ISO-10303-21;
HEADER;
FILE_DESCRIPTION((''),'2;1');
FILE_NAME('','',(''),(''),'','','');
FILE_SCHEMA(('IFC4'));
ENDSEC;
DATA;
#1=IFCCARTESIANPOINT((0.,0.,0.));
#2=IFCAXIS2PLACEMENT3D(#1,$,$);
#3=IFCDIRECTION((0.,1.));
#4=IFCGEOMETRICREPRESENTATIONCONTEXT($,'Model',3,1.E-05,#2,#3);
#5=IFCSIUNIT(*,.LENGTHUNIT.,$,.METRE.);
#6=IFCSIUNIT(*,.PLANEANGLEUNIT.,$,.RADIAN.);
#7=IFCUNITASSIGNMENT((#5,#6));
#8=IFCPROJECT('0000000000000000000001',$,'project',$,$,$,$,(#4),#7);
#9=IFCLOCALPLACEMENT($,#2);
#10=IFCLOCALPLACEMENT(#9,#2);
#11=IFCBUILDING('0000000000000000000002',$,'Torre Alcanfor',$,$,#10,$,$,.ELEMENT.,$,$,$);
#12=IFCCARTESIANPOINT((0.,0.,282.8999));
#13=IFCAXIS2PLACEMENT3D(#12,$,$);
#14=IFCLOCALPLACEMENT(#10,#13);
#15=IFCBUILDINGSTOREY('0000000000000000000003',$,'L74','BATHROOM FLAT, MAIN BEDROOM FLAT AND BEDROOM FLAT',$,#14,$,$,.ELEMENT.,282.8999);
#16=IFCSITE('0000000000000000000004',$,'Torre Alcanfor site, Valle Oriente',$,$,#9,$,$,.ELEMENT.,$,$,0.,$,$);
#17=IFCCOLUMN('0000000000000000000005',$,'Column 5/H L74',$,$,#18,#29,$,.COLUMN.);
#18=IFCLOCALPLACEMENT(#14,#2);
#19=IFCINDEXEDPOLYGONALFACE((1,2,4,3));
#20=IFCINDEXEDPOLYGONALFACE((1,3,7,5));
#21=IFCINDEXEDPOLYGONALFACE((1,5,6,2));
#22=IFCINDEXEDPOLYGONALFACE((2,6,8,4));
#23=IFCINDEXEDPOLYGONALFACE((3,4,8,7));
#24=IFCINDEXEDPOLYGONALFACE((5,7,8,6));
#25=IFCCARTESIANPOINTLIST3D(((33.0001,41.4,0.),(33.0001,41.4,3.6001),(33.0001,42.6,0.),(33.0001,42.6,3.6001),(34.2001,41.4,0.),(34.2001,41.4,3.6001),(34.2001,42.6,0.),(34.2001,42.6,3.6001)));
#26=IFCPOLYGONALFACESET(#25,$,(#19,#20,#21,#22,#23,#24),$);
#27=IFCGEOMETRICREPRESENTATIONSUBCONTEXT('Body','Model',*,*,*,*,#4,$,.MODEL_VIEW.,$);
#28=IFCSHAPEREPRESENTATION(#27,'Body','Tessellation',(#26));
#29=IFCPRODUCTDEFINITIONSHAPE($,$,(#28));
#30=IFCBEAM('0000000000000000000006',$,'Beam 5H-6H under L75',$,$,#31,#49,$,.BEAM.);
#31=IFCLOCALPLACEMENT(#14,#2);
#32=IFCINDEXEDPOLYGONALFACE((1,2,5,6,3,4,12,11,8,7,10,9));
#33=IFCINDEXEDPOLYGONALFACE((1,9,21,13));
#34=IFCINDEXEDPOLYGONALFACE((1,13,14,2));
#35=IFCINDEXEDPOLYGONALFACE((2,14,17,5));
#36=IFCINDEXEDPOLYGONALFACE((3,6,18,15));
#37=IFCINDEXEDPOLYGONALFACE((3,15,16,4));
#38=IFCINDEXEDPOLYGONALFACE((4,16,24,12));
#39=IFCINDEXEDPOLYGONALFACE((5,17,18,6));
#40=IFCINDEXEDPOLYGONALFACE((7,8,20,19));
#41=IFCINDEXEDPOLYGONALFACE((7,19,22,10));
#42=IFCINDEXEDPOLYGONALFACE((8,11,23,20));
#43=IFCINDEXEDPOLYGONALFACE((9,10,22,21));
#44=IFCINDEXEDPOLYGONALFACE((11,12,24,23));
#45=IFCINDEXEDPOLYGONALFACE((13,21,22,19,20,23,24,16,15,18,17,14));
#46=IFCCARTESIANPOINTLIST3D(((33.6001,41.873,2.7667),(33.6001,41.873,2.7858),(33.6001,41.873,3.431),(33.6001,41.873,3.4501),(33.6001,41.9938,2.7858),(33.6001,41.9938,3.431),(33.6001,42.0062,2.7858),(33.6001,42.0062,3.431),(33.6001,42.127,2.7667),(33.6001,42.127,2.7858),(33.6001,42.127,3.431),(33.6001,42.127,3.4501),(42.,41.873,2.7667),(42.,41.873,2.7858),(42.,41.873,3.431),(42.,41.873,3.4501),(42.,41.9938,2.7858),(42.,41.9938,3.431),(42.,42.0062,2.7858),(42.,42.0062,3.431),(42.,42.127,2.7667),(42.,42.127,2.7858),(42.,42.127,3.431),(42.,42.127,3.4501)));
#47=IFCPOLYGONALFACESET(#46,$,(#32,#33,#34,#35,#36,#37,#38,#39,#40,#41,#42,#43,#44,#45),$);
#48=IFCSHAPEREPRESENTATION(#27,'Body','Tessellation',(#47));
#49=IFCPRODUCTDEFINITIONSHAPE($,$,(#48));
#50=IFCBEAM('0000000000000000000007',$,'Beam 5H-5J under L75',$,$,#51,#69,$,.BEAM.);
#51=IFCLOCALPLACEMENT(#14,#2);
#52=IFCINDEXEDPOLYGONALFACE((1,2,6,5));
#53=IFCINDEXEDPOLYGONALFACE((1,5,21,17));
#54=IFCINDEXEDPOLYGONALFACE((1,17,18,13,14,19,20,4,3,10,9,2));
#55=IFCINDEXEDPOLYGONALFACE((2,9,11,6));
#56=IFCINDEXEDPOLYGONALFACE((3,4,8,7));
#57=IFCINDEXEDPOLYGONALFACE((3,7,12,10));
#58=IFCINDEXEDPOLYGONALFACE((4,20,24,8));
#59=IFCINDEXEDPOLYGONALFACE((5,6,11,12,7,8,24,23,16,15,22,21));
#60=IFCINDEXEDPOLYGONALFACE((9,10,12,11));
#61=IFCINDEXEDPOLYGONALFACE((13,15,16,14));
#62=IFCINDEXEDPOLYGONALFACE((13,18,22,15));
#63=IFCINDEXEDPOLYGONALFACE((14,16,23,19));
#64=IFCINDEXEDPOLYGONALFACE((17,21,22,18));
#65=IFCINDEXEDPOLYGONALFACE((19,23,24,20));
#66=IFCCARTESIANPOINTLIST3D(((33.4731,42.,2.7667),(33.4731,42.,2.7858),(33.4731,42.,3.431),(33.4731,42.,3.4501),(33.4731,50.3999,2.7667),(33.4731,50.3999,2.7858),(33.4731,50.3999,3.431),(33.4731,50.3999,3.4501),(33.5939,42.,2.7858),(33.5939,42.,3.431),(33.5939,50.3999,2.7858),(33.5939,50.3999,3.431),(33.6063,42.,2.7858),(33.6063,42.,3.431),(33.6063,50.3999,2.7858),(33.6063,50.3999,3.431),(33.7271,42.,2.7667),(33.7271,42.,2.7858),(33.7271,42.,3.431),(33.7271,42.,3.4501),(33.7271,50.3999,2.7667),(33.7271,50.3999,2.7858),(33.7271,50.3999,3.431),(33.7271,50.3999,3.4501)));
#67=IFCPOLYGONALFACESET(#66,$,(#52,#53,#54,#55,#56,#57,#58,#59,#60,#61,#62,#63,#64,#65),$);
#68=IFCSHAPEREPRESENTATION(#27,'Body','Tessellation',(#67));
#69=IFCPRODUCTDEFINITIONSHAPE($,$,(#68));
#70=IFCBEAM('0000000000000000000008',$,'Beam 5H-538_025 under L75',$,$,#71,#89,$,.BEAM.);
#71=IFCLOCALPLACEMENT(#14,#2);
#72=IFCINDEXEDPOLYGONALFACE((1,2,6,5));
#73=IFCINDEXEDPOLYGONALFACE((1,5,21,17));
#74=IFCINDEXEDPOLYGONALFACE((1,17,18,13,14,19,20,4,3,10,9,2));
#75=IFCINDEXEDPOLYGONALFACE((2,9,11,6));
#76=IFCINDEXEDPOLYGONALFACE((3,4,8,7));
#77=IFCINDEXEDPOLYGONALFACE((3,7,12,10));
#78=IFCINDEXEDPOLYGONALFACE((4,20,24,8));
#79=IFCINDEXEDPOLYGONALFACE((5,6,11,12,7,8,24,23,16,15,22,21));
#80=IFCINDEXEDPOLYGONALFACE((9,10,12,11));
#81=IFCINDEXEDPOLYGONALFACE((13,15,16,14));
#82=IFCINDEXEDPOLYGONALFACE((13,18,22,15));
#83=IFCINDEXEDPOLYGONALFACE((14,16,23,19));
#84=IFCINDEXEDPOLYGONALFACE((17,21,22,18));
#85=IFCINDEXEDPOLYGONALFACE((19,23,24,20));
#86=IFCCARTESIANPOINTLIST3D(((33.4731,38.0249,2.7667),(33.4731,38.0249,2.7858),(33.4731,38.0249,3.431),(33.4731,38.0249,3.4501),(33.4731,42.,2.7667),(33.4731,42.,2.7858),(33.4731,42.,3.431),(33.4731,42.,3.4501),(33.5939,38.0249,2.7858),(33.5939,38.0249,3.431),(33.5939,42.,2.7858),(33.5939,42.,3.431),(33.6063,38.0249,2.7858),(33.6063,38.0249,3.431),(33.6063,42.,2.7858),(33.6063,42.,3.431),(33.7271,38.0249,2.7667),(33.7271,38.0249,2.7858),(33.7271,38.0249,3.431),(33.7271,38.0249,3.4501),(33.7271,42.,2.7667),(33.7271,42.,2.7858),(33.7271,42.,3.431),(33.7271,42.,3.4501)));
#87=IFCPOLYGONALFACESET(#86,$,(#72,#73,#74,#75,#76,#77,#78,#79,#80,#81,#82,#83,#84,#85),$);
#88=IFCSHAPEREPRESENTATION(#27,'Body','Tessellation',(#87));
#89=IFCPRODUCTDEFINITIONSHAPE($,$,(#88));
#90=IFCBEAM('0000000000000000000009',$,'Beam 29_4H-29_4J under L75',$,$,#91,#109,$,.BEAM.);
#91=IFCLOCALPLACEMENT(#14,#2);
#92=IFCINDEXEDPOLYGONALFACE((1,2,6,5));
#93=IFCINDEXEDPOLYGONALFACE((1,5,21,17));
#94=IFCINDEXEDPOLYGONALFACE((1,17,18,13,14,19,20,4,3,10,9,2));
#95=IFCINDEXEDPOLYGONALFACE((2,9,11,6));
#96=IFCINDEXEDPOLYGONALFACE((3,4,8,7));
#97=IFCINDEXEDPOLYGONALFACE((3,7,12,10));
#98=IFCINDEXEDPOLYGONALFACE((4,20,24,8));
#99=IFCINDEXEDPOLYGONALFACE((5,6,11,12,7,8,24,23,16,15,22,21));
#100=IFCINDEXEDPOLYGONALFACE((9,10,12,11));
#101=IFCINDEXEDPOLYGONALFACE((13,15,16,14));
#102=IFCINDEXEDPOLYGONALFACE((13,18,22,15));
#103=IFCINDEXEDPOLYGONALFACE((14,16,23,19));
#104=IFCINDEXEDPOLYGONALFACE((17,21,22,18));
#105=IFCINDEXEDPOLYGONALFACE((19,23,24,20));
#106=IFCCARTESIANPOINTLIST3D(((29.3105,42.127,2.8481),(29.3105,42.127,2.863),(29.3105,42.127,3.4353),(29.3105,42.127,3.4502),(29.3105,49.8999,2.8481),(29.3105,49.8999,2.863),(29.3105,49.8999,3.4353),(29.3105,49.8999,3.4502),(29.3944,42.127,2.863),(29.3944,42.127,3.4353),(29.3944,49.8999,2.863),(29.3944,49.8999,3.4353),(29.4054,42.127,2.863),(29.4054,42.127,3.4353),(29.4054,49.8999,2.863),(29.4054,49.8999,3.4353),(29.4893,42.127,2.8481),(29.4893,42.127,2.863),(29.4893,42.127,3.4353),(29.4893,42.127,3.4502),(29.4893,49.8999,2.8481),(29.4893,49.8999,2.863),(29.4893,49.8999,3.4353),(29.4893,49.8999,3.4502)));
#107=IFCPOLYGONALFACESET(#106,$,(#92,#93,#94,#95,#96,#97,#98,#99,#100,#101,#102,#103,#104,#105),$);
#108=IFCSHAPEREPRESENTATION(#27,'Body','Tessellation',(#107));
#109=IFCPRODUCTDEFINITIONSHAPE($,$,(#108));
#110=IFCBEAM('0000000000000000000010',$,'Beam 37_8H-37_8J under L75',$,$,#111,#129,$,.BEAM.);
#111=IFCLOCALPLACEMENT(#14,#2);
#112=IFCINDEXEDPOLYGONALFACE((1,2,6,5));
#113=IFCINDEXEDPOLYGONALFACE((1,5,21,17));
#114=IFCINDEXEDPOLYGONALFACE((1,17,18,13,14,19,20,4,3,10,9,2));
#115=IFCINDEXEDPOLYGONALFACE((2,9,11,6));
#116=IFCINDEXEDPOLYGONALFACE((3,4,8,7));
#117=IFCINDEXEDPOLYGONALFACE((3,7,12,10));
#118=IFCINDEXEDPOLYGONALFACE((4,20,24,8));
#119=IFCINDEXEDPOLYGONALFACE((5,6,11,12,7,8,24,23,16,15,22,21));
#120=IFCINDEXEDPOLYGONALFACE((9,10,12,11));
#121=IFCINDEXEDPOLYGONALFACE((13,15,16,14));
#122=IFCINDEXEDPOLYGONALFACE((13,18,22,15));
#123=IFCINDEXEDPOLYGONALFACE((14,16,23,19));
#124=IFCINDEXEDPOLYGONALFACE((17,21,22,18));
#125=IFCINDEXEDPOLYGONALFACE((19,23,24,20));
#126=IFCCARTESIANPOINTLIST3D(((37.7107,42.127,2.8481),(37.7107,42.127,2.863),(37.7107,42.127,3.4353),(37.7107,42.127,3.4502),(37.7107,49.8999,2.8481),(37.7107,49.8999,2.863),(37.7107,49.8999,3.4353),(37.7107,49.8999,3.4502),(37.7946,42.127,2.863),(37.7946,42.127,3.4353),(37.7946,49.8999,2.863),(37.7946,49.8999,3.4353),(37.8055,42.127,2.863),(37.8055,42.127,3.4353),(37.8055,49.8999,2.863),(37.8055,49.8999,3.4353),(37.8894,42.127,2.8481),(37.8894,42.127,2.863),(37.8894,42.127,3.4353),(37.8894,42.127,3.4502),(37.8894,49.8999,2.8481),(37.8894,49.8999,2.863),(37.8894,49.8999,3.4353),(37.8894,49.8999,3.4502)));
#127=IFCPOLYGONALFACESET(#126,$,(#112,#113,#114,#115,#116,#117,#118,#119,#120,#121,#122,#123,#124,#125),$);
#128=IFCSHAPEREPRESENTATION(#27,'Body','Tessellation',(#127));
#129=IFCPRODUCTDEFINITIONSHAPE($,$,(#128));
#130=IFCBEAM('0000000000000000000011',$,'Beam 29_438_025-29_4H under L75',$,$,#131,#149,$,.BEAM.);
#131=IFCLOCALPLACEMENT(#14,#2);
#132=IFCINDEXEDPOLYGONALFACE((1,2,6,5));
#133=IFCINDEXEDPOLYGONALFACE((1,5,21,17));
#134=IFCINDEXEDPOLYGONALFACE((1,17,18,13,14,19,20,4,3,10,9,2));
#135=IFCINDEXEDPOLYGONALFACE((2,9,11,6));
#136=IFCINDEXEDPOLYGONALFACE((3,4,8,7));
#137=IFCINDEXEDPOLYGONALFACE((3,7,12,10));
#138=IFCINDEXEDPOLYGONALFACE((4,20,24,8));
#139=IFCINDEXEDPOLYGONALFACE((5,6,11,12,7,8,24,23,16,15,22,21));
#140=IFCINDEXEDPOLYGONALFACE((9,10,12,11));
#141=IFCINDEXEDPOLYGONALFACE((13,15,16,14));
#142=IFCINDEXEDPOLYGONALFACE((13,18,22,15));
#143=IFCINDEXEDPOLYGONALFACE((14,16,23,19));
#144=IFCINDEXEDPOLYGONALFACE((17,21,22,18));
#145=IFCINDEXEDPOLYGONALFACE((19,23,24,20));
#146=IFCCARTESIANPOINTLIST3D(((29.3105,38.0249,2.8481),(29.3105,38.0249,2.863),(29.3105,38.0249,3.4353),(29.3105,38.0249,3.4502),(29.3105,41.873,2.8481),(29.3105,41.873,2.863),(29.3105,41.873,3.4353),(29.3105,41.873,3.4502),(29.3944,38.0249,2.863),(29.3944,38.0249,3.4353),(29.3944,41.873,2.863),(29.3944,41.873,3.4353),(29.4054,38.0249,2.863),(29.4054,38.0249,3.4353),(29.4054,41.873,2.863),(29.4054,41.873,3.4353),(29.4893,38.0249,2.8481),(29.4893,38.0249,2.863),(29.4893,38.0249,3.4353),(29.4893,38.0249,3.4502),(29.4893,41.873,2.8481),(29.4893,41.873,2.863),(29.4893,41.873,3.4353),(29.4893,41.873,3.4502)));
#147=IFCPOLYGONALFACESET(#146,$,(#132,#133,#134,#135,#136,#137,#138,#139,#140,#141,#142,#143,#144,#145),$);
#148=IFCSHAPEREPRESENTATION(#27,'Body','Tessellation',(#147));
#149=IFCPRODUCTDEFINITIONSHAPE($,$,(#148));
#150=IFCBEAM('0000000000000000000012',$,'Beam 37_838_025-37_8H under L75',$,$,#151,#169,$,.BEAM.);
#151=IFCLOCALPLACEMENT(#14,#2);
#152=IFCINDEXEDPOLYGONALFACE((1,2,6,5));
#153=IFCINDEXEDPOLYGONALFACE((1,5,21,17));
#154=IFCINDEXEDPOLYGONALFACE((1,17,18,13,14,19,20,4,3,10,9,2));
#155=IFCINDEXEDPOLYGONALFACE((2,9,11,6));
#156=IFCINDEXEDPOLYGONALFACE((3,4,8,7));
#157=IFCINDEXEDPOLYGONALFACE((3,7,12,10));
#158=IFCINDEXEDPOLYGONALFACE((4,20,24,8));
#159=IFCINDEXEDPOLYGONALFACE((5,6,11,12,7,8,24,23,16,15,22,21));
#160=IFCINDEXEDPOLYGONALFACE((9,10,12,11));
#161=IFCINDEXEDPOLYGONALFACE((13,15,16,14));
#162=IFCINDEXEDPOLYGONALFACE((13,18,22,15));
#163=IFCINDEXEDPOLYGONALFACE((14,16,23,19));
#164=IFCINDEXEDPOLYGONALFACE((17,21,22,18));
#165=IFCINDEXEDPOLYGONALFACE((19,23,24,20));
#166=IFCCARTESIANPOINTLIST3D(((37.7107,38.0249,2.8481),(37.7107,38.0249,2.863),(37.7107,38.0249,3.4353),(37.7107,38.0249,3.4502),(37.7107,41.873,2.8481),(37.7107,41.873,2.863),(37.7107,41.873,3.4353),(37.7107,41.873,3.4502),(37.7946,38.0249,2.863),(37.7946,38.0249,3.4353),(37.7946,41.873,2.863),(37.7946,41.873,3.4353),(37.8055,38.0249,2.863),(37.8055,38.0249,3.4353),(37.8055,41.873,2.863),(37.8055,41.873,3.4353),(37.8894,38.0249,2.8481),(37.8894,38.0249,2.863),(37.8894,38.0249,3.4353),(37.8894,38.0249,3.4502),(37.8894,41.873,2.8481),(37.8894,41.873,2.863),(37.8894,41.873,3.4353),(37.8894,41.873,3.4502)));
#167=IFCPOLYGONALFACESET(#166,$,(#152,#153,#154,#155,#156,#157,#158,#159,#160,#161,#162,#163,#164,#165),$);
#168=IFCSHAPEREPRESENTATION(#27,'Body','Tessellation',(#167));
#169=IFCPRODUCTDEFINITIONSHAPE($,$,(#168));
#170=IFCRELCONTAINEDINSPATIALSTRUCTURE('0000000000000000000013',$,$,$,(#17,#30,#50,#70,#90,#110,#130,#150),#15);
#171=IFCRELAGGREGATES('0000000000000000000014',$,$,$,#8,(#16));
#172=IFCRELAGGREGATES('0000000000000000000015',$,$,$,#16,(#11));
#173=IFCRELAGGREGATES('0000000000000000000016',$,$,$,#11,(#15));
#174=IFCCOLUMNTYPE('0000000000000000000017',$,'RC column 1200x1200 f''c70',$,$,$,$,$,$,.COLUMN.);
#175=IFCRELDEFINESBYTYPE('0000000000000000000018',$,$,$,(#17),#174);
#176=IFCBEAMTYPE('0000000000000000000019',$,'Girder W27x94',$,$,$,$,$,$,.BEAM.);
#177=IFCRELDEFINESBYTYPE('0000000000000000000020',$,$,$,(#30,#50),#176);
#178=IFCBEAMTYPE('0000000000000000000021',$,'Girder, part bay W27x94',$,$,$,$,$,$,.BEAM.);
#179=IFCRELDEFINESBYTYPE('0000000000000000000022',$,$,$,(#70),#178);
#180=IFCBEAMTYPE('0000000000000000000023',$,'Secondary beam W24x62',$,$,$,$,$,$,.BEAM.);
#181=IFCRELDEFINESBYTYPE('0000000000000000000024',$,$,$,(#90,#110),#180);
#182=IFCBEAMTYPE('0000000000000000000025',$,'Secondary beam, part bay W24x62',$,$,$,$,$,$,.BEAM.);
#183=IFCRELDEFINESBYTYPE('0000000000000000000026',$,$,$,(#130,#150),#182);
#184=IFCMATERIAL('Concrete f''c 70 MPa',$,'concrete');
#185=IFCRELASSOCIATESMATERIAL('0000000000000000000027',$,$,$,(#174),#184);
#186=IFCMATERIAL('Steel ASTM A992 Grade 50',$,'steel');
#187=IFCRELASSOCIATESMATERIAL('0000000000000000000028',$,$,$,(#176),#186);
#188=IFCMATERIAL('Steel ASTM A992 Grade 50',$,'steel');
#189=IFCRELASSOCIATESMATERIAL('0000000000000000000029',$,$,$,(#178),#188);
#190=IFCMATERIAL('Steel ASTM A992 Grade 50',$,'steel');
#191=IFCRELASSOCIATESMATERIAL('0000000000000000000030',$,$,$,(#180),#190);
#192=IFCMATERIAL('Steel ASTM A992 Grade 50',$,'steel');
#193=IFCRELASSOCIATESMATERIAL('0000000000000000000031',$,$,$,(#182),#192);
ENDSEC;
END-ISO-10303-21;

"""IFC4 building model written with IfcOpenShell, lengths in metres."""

from ifc_helpers import new_model, si_unit, direction, frame, origin, origin_2d, place, context, subcontext, project, spatial, rectangle, i_section, extrude, material, material_profile, profile_set, type_object, element, save


model = new_model("IFC4")

# Units and contexts
model_context = context("Model", 3, precision=1e-05, world=origin(), true_north=direction((0.0, 1.0)))
body_context = subcontext(model_context, "Body", "Model", "MODEL_VIEW")
ifc_project = project(units=[si_unit("LENGTHUNIT", "METRE"), si_unit("PLANEANGLEUNIT", "RADIAN")], contexts=[model_context])

# Site, building, storey
site_placement = place(None, origin())
site = spatial("IfcSite", under=ifc_project, at=site_placement, Name="Torre Alcanfor site, Valle Oriente", CompositionType="ELEMENT", RefElevation=0.0)
building_placement = place(site_placement, origin())
building = spatial("IfcBuilding", under=site, at=building_placement, Name="Torre Alcanfor", CompositionType="ELEMENT")
storey_placement = place(building_placement, frame((0.0, 0.0, 282.8999)))
storey = spatial("IfcBuildingStorey", under=building, at=storey_placement, Name="L74", Description="BATHROOM FLAT, MAIN BEDROOM FLAT AND BEDROOM FLAT", CompositionType="ELEMENT", Elevation=282.8999)

# Column
ifc_material_1 = material(Name="Concrete f'c 70 MPa", Category="concrete")
ifc_material_profile_1 = material_profile(ifc_material_1, rectangle(XDim=1.2, YDim=1.2, at=origin_2d()), Name="1200x1200")
ifc_profile_set_1 = profile_set([ifc_material_profile_1], Name="Concrete f'c 70 MPa")
column_type = type_object("IfcColumnType", Name="RC column 1200x1200 f'c70", PredefinedType="COLUMN", material=ifc_profile_set_1)
column_placement = place(storey_placement, frame((33.6001, 42.0, 0.0), z_axis=(0.0, 0.0, 1.0), x_axis=(1.0, 0.0, 0.0)))
element("IfcColumn", 1, at=column_placement, inside=storey, type_object=column_type, Name="Column 5/H L74", PredefinedType="COLUMN", context=body_context, shape_type="SweptSolid", body=[
    extrude(rectangle(XDim=1.2, YDim=1.2, at=origin_2d()), origin(), (0.0, 0.0, 1.0), 3.6001),
])

# Beams
ifc_material_2 = material(Name="Steel ASTM A992 Grade 50", Category="steel")
ifc_material_profile_2 = material_profile(ifc_material_2, i_section(OverallWidth=0.2539, OverallDepth=0.6833, WebThickness=0.0125, FlangeThickness=0.019, at=origin_2d()), Name="W27x94")
ifc_profile_set_2 = profile_set([ifc_material_profile_2], Name="Steel ASTM A992 Grade 50")
beam_type_1 = type_object("IfcBeamType", Name="Girder W27x94", PredefinedType="BEAM", material=ifc_profile_set_2)
for number, where, z_axis, x_axis, name in (
    (2, (33.6001, 42.0, 3.1084), (1.0, 0.0, 0.0), (0.0, 1.0, 0.0), "Beam 5H-6H under L75"),
    (3, (33.6001, 42.0, 3.1084), (0.0, 1.0, 0.0), (-1.0, 0.0, 0.0), "Beam 5H-5J under L75"),
):
    element("IfcBeam", number, at=place(storey_placement, frame(where, z_axis=z_axis, x_axis=x_axis)), inside=storey, type_object=beam_type_1, Name=name, PredefinedType="BEAM", context=body_context, shape_type="SweptSolid", body=[
        extrude(i_section(OverallWidth=0.2539, OverallDepth=0.6833, WebThickness=0.0125, FlangeThickness=0.019, at=origin_2d()), origin(), (0.0, 0.0, 1.0), 8.3999),
    ])
ifc_material_3 = material(Name="Steel ASTM A992 Grade 50", Category="steel")
ifc_material_profile_3 = material_profile(ifc_material_3, i_section(OverallWidth=0.2539, OverallDepth=0.6833, WebThickness=0.0125, FlangeThickness=0.019, at=origin_2d()), Name="W27x94")
ifc_profile_set_3 = profile_set([ifc_material_profile_3], Name="Steel ASTM A992 Grade 50")
beam_type_2 = type_object("IfcBeamType", Name="Girder, part bay W27x94", PredefinedType="BEAM", material=ifc_profile_set_3)
beam_1_placement = place(storey_placement, frame((33.6001, 42.0, 3.1084), z_axis=(0.0, -1.0, 0.0), x_axis=(1.0, 0.0, 0.0)))
element("IfcBeam", 4, at=beam_1_placement, inside=storey, type_object=beam_type_2, Name="Beam 5H-538_025 under L75", PredefinedType="BEAM", context=body_context, shape_type="SweptSolid", body=[
    extrude(i_section(OverallWidth=0.2539, OverallDepth=0.6833, WebThickness=0.0125, FlangeThickness=0.019, at=origin_2d()), origin(), (0.0, 0.0, 1.0), 3.9751),
])
ifc_material_4 = material(Name="Steel ASTM A992 Grade 50", Category="steel")
ifc_material_profile_4 = material_profile(ifc_material_4, i_section(OverallWidth=0.1787, OverallDepth=0.6021, WebThickness=0.011, FlangeThickness=0.0149, at=origin_2d()), Name="W24x62")
ifc_profile_set_4 = profile_set([ifc_material_profile_4], Name="Steel ASTM A992 Grade 50")
beam_type_3 = type_object("IfcBeamType", Name="Secondary beam W24x62", PredefinedType="BEAM", material=ifc_profile_set_4)
for number, where, z_axis, x_axis, name in (
    (5, (29.3999, 42.127, 3.1492), (0.0, 1.0, 0.0), (-1.0, 0.0, 0.0), "Beam 29_4H-29_4J under L75"),
    (6, (37.8, 42.127, 3.1492), (0.0, 1.0, 0.0), (-1.0, 0.0, 0.0), "Beam 37_8H-37_8J under L75"),
):
    element("IfcBeam", number, at=place(storey_placement, frame(where, z_axis=z_axis, x_axis=x_axis)), inside=storey, type_object=beam_type_3, Name=name, PredefinedType="BEAM", context=body_context, shape_type="SweptSolid", body=[
        extrude(i_section(OverallWidth=0.1787, OverallDepth=0.6021, WebThickness=0.011, FlangeThickness=0.0149, at=origin_2d()), origin(), (0.0, 0.0, 1.0), 7.7729),
    ])
ifc_material_5 = material(Name="Steel ASTM A992 Grade 50", Category="steel")
ifc_material_profile_5 = material_profile(ifc_material_5, i_section(OverallWidth=0.1787, OverallDepth=0.6021, WebThickness=0.011, FlangeThickness=0.0149, at=origin_2d()), Name="W24x62")
ifc_profile_set_5 = profile_set([ifc_material_profile_5], Name="Steel ASTM A992 Grade 50")
beam_type_4 = type_object("IfcBeamType", Name="Secondary beam, part bay W24x62", PredefinedType="BEAM", material=ifc_profile_set_5)
for number, where, z_axis, x_axis, name in (
    (7, (29.3999, 38.0249, 3.1492), (0.0, 1.0, 0.0), (-1.0, 0.0, 0.0), "Beam 29_438_025-29_4H under L75"),
    (8, (37.8, 38.0249, 3.1492), (0.0, 1.0, 0.0), (-1.0, 0.0, 0.0), "Beam 37_838_025-37_8H under L75"),
):
    element("IfcBeam", number, at=place(storey_placement, frame(where, z_axis=z_axis, x_axis=x_axis)), inside=storey, type_object=beam_type_4, Name=name, PredefinedType="BEAM", context=body_context, shape_type="SweptSolid", body=[
        extrude(i_section(OverallWidth=0.1787, OverallDepth=0.6021, WebThickness=0.011, FlangeThickness=0.0149, at=origin_2d()), origin(), (0.0, 0.0, 1.0), 3.8481),
    ])

save(model, "model.ifc")
